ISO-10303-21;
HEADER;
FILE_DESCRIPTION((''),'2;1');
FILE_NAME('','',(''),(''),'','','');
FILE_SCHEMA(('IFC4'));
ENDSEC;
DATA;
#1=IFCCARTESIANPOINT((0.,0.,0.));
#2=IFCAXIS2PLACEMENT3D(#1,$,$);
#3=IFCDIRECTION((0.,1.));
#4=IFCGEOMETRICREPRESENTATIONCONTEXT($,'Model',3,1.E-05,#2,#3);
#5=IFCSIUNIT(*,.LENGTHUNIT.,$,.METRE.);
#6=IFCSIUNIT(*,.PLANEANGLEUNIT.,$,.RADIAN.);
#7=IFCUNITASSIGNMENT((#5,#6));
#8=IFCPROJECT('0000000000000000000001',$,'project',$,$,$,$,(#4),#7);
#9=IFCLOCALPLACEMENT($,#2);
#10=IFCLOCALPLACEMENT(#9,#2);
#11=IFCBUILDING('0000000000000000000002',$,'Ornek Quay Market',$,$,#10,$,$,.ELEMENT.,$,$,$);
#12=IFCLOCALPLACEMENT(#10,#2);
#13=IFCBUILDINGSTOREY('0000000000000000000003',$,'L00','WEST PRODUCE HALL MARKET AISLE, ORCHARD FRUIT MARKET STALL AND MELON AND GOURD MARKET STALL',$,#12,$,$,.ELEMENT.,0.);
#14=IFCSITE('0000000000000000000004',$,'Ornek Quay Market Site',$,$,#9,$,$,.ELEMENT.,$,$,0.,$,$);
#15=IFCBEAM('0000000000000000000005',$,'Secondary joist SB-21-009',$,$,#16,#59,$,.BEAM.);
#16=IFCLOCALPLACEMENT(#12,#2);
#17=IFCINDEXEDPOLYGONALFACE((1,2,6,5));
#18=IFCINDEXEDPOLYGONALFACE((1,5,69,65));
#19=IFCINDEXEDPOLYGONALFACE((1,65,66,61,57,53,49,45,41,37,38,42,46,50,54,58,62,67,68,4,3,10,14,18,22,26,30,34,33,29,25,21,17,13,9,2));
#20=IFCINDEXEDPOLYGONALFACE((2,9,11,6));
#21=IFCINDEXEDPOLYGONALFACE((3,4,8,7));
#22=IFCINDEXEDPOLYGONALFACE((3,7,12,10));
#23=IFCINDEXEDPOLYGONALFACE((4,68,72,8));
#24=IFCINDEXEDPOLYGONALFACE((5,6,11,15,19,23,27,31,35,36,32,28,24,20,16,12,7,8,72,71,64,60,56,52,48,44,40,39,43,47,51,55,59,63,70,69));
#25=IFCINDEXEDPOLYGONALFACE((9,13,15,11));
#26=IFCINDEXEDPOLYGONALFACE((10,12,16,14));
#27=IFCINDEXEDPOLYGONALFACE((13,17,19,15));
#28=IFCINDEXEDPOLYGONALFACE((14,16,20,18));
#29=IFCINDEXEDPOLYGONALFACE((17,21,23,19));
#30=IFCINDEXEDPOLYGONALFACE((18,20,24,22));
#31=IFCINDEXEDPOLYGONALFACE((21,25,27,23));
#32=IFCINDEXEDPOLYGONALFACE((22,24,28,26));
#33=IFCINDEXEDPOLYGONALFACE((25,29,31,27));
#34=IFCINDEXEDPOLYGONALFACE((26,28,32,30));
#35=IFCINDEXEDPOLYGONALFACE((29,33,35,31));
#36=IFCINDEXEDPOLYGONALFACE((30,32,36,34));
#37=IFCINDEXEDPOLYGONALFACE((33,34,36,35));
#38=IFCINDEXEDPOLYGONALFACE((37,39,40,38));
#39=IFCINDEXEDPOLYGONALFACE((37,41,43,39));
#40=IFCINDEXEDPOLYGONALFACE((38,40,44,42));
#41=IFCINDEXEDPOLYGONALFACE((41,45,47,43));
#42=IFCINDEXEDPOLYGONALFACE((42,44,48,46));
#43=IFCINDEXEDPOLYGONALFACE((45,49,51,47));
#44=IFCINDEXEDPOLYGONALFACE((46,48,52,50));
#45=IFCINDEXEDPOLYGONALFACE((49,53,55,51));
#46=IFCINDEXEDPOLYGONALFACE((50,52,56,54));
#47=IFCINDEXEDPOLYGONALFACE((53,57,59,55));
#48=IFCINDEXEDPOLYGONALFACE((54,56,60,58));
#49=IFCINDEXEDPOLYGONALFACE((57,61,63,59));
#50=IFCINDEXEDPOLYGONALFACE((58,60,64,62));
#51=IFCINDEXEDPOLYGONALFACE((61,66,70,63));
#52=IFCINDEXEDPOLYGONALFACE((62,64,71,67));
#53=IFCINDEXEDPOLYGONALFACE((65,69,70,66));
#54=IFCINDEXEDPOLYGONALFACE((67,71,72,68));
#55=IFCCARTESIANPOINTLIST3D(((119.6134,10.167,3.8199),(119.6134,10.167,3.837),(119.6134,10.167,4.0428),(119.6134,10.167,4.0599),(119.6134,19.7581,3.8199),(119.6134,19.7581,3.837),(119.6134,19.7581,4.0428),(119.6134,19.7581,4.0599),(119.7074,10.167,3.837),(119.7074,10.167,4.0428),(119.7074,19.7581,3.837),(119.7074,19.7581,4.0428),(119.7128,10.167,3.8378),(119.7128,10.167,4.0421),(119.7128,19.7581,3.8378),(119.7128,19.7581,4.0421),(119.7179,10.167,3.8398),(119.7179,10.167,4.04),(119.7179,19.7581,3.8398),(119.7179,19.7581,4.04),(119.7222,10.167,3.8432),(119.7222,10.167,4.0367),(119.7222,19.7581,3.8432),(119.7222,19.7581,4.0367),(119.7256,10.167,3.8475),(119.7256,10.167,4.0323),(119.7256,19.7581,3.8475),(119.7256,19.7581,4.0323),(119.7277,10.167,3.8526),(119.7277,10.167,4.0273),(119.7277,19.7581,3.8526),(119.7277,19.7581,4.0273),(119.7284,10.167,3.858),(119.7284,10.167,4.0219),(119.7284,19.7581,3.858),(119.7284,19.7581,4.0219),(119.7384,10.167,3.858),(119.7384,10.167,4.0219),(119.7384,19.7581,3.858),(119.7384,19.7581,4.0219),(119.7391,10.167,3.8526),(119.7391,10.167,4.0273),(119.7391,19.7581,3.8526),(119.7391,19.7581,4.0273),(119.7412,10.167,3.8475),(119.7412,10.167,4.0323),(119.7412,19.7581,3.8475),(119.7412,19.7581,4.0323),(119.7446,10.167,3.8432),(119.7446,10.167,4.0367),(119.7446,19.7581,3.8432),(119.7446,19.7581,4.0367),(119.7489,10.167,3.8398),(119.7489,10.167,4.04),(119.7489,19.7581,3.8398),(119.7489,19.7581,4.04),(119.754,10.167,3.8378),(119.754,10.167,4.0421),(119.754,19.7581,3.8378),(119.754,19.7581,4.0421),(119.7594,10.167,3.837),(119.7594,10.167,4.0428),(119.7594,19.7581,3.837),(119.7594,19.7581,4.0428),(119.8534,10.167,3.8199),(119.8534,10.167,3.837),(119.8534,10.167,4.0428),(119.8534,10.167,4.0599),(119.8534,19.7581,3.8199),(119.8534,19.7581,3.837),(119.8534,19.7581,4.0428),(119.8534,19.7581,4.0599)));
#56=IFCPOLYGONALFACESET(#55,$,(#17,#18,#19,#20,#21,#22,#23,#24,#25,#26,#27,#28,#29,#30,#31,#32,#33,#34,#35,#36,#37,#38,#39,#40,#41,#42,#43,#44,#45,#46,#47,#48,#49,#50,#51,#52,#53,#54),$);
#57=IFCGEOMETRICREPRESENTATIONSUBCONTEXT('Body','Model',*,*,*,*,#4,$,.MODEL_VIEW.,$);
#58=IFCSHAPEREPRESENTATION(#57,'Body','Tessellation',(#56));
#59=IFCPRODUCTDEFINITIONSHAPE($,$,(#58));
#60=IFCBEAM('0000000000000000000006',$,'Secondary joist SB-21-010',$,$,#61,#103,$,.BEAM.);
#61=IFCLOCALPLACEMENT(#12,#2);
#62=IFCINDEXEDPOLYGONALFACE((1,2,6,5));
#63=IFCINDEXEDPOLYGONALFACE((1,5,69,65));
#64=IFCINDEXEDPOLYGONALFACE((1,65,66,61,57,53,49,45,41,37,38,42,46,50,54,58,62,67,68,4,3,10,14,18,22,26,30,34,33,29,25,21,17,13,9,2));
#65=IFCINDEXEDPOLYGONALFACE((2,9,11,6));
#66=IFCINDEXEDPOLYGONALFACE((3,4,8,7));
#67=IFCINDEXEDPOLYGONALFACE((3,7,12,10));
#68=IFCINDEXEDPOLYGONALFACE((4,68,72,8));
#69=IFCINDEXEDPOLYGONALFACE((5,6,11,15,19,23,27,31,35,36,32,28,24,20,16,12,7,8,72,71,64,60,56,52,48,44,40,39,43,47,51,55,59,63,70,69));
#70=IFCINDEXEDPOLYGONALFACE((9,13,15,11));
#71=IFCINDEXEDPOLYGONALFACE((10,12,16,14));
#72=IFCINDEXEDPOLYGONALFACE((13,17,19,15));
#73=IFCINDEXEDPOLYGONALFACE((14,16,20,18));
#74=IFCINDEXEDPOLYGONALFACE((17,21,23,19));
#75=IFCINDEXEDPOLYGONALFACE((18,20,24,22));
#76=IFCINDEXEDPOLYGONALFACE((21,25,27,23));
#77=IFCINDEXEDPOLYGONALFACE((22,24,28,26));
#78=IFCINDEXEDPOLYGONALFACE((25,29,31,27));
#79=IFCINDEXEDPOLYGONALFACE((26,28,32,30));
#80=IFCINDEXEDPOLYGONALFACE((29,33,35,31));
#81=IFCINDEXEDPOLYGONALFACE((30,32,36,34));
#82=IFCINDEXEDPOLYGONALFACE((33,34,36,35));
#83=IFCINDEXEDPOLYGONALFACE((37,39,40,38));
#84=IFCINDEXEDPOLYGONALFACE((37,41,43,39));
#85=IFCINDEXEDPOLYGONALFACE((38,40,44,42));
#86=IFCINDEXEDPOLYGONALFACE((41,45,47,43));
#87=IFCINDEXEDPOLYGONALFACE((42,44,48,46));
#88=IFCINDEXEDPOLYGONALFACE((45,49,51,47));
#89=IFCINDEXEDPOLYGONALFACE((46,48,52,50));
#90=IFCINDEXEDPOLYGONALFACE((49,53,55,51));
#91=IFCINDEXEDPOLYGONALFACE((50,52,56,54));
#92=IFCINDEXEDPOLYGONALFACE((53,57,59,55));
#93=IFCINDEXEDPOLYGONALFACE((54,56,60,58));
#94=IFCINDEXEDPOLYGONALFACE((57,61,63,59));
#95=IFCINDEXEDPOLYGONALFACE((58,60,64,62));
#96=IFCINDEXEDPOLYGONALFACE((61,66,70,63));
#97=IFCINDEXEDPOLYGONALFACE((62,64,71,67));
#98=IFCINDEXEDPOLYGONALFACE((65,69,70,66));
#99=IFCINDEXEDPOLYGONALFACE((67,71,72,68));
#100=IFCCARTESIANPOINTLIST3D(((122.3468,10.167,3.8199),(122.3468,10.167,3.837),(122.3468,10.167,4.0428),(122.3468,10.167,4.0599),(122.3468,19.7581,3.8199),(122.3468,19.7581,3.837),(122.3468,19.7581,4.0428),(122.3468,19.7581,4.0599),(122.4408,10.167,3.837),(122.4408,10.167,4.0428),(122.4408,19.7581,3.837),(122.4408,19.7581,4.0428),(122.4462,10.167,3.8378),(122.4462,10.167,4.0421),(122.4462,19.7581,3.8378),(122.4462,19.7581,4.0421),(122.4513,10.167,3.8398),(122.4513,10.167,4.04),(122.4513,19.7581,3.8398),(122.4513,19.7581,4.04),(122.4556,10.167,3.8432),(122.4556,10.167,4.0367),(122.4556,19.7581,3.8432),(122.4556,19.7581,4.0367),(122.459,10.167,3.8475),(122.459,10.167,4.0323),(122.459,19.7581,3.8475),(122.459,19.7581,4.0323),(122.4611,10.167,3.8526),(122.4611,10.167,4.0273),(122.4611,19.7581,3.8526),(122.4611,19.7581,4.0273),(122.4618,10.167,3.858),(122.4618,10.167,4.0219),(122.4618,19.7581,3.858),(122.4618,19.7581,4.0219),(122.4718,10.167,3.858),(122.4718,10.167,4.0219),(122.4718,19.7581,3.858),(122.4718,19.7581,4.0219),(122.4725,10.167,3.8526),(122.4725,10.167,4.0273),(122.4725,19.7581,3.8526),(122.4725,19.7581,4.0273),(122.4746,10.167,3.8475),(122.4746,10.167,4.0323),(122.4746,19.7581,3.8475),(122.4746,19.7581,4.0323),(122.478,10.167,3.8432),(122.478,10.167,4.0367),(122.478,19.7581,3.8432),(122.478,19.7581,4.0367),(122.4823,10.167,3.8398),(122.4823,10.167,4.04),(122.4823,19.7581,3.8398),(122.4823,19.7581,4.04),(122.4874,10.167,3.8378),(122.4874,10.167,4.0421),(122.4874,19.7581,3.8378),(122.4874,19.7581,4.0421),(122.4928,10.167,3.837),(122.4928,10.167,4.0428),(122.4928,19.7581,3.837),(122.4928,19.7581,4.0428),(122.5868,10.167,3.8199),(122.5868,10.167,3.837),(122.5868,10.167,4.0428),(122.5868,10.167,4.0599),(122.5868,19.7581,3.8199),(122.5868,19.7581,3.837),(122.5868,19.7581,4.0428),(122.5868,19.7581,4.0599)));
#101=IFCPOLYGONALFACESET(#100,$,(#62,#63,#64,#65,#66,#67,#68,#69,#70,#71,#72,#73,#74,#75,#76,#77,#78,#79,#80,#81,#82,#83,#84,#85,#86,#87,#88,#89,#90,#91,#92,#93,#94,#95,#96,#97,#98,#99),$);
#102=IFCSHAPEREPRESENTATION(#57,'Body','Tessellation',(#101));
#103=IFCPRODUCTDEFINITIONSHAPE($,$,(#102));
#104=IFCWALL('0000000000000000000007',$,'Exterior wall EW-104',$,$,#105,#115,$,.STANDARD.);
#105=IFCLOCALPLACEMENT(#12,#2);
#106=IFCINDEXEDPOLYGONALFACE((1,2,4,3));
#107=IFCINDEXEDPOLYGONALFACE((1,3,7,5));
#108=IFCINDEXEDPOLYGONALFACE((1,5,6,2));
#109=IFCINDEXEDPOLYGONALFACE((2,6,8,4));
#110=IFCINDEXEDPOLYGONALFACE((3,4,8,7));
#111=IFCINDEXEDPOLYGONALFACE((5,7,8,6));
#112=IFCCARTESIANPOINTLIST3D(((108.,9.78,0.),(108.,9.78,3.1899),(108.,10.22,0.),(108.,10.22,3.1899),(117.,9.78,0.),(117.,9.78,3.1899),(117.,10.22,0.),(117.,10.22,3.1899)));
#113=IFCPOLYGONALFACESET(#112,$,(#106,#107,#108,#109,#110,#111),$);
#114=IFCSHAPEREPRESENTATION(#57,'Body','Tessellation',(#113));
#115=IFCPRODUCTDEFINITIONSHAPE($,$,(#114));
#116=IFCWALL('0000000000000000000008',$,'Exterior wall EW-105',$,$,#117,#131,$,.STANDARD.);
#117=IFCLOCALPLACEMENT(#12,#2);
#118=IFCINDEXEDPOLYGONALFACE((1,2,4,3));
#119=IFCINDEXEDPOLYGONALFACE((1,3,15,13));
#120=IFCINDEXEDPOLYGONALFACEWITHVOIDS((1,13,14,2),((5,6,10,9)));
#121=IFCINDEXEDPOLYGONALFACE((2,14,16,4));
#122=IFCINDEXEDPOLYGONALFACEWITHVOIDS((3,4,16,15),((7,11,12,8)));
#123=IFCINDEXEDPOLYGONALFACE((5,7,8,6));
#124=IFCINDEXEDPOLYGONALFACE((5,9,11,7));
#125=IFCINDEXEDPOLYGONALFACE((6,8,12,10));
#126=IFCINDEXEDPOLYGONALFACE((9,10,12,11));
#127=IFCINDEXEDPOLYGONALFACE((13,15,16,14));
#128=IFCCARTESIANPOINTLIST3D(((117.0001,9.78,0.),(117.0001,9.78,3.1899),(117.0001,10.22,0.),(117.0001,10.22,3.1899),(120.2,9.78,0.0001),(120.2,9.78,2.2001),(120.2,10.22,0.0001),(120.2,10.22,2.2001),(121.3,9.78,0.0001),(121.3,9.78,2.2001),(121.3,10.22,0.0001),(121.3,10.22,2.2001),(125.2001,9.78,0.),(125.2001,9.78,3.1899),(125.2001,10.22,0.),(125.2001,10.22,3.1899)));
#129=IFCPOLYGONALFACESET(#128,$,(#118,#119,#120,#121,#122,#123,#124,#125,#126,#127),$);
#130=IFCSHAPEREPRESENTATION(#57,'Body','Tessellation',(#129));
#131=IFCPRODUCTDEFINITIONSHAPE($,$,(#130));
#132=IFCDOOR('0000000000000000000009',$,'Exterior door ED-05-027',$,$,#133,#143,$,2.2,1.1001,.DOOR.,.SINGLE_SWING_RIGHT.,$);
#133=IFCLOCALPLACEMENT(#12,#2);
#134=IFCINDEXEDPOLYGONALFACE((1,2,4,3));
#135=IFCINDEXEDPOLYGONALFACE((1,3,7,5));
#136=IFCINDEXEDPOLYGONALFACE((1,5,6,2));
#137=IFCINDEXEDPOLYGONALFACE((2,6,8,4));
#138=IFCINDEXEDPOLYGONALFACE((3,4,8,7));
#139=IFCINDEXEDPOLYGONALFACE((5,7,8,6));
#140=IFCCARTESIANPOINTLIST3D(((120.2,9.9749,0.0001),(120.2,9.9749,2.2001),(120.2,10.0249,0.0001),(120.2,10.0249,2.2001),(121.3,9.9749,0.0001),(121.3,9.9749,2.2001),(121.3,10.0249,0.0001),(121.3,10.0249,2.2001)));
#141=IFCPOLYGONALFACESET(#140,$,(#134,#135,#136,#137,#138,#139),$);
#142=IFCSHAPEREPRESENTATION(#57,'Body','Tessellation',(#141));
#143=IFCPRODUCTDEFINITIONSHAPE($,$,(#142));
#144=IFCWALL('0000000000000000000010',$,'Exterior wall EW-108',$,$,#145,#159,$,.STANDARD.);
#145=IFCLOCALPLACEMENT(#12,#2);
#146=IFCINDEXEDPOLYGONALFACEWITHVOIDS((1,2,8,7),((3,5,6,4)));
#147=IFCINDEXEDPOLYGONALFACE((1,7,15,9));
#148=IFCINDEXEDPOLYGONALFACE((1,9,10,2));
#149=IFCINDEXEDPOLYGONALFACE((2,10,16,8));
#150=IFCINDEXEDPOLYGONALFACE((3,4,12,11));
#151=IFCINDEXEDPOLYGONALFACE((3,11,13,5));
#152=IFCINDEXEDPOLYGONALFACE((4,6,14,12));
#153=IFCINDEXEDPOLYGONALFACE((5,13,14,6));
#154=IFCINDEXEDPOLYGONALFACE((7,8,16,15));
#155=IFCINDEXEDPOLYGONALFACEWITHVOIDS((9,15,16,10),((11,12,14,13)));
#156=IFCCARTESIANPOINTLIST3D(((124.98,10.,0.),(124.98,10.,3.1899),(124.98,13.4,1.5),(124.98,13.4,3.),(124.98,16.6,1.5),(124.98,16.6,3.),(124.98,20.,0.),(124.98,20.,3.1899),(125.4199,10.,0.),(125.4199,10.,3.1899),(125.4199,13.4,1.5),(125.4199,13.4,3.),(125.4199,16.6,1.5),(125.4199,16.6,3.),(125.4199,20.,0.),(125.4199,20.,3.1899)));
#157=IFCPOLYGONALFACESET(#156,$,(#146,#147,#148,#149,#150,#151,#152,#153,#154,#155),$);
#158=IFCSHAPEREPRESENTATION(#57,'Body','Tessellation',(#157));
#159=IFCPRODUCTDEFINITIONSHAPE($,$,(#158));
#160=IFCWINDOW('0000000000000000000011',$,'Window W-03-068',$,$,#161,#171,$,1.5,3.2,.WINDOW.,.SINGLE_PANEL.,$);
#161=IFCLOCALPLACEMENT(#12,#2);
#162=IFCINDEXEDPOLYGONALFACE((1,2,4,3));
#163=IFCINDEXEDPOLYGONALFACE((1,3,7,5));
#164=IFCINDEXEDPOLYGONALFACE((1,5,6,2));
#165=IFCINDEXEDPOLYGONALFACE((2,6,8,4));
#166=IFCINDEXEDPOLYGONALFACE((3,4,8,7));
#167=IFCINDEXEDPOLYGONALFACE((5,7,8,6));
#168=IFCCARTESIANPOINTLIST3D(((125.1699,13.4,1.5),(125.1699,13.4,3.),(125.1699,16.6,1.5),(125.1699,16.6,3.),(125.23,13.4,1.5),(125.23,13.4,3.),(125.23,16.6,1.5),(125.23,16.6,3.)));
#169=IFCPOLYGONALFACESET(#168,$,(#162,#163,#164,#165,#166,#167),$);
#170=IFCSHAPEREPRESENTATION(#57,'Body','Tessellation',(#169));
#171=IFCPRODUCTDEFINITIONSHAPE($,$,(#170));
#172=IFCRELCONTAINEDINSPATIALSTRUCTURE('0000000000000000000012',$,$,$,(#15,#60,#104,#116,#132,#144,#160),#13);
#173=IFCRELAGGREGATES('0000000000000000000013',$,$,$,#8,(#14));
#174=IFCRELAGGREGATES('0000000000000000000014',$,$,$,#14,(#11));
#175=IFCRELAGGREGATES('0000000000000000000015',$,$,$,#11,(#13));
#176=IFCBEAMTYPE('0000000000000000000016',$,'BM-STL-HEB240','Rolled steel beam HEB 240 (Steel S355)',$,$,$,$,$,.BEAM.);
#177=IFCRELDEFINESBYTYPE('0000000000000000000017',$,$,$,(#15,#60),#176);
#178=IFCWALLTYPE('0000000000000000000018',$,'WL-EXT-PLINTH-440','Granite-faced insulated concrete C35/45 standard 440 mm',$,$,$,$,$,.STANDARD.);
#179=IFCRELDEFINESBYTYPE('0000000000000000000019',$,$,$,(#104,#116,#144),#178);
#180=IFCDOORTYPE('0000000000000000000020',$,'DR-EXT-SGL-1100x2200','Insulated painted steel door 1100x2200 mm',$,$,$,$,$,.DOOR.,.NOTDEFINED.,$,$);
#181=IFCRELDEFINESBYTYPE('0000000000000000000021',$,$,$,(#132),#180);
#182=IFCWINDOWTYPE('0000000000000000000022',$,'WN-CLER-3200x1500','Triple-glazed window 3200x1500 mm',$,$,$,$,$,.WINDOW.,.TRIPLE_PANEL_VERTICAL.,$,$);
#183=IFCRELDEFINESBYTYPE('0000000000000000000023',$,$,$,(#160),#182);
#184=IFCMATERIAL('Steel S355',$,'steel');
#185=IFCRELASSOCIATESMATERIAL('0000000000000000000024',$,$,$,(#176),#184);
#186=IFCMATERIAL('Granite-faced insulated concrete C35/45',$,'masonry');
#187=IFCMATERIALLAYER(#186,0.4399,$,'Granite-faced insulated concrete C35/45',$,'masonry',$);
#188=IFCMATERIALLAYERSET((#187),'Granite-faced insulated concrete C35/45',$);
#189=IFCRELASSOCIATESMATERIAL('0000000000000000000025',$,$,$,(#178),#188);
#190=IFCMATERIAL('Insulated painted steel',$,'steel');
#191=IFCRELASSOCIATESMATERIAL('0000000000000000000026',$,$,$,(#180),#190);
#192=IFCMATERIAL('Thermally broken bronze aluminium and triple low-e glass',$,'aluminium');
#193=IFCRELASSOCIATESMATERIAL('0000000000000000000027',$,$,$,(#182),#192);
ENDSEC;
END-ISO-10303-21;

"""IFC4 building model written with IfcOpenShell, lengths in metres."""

from ifc_helpers import new_model, si_unit, direction, frame, frame_2d, origin, origin_2d, place, context, subcontext, project, spatial, rectangle, i_section, extrude, material, layer, layer_set, material_profile, profile_set, type_object, element, fill, save


model = new_model("IFC4")

# Units and contexts
model_context = context("Model", 3, precision=1e-05, world=origin(), true_north=direction((0.0, 1.0)))
body_context = subcontext(model_context, "Body", "Model", "MODEL_VIEW")
ifc_project = project(units=[si_unit("LENGTHUNIT", "METRE"), si_unit("PLANEANGLEUNIT", "RADIAN")], contexts=[model_context])

# Site, building, storey
site_placement = place(None, origin())
site = spatial("IfcSite", under=ifc_project, at=site_placement, Name="Ornek Quay Market Site", CompositionType="ELEMENT", RefElevation=0.0)
building_placement = place(site_placement, origin())
building = spatial("IfcBuilding", under=site, at=building_placement, Name="Ornek Quay Market", CompositionType="ELEMENT")
storey_placement = place(building_placement, origin())
storey = spatial("IfcBuildingStorey", under=building, at=storey_placement, Name="L00", Description="WEST PRODUCE HALL MARKET AISLE, ORCHARD FRUIT MARKET STALL AND MELON AND GOURD MARKET STALL", CompositionType="ELEMENT", Elevation=0.0)

# Beams
ifc_material_1 = material(Name="Steel S355", Category="steel")
ifc_material_profile_1 = material_profile(ifc_material_1, i_section(OverallWidth=0.24, OverallDepth=0.24, WebThickness=0.01, FlangeThickness=0.0171, FilletRadius=0.021, at=origin_2d()), Name="HEB 240", Category="steel")
ifc_profile_set_1 = profile_set([ifc_material_profile_1], Name="Steel S355")
beam_type_1 = type_object("IfcBeamType", Name="BM-STL-HEB240", Description="Rolled steel beam HEB 240 (Steel S355)", PredefinedType="BEAM", material=ifc_profile_set_1)
for number, where, z_axis, x_axis, name in (
    (1, (119.7334, 10.167, 3.9399), (0.0, 1.0, 0.0), (-1.0, 0.0, 0.0), "Secondary joist SB-21-009"),
    (2, (122.4668, 10.167, 3.9399), (0.0, 1.0, 0.0), (-1.0, 0.0, 0.0), "Secondary joist SB-21-010"),
):
    element("IfcBeam", number, at=place(storey_placement, frame(where, z_axis=z_axis, x_axis=x_axis)), inside=storey, type_object=beam_type_1, Name=name, PredefinedType="BEAM", context=body_context, shape_type="SweptSolid", body=[
        extrude(i_section(OverallWidth=0.24, OverallDepth=0.24, WebThickness=0.01, FlangeThickness=0.0171, FilletRadius=0.021, at=origin_2d()), origin(), (0.0, 0.0, 1.0), 9.5911),
    ])

# Wall
ifc_material_2 = material(Name="Granite-faced insulated concrete C35/45", Category="masonry")
ifc_layer_1 = layer(ifc_material_2, 0.4399, Name="Granite-faced insulated concrete C35/45", Category="masonry")
ifc_layer_set_1 = layer_set([ifc_layer_1], Name="Granite-faced insulated concrete C35/45")
wall_type = type_object("IfcWallType", Name="WL-EXT-PLINTH-440", Description="Granite-faced insulated concrete C35/45 standard 440 mm", PredefinedType="STANDARD", material=ifc_layer_set_1)
wall_1_placement = place(storey_placement, frame((108.0, 10.0, 0.0), z_axis=(0.0, 0.0, 1.0), x_axis=(1.0, 0.0, 0.0)))
element("IfcWall", 3, at=wall_1_placement, inside=storey, type_object=wall_type, Name="Exterior wall EW-104", PredefinedType="STANDARD", context=body_context, shape_type="SweptSolid", body=[
    extrude(rectangle(XDim=9.0, YDim=0.4399, at=frame_2d((4.5, 0.0))), origin(), (0.0, 0.0, 1.0), 3.1899),
])

# Wall, opening, door
wall_2_placement = place(storey_placement, frame((117.0, 10.0, 0.0), z_axis=(0.0, 0.0, 1.0), x_axis=(1.0, 0.0, 0.0)))
wall_2 = element("IfcWall", 4, at=wall_2_placement, inside=storey, type_object=wall_type, Name="Exterior wall EW-105", PredefinedType="STANDARD", context=body_context, shape_type="SweptSolid", body=[
    extrude(rectangle(XDim=8.2, YDim=0.4399, at=frame_2d((4.1001, 0.0))), origin(), (0.0, 0.0, 1.0), 3.1899),
])
opening_1_placement = place(wall_2_placement, frame((3.2, 0.0, 0.0)))
opening_1 = element("IfcOpeningElement", 5, at=opening_1_placement, cuts=wall_2, PredefinedType="OPENING", context=body_context, shape_type="SweptSolid", body=[
    extrude(rectangle(XDim=1.1001, YDim=2.2, at=frame_2d((0.55, 1.1001))), frame((0.0, 0.23, 0.0), z_axis=(0.0, -1.0, 0.0), x_axis=(1.0, 0.0, 0.0)), (0.0, 0.0, 1.0), 0.46),
])
ifc_material_3 = material(Name="Insulated painted steel", Category="steel")
door_type = type_object("IfcDoorType", Name="DR-EXT-SGL-1100x2200", Description="Insulated painted steel door 1100x2200 mm", OperationType="NOTDEFINED", PredefinedType="DOOR", material=ifc_material_3)
door_placement = place(opening_1_placement, origin())
door = element("IfcDoor", 6, at=door_placement, inside=storey, type_object=door_type, Name="Exterior door ED-05-027", OperationType="SINGLE_SWING_RIGHT", OverallHeight=2.2, OverallWidth=1.1001, PredefinedType="DOOR", context=body_context, shape_type="SweptSolid", body=[
    extrude(rectangle(XDim=1.1001, YDim=2.2, at=frame_2d((0.55, 1.1001))), frame((0.0, 0.0249, 0.0), z_axis=(0.0, -1.0, 0.0), x_axis=(1.0, 0.0, 0.0)), (0.0, 0.0, 1.0), 0.05),
])
fill(opening_1, door)

# Wall, opening, window
wall_3_placement = place(storey_placement, frame((125.2, 10.0, 0.0), z_axis=(0.0, 0.0, 1.0), x_axis=(0.0, 1.0, 0.0)))
wall_3 = element("IfcWall", 7, at=wall_3_placement, inside=storey, type_object=wall_type, Name="Exterior wall EW-108", PredefinedType="STANDARD", context=body_context, shape_type="SweptSolid", body=[
    extrude(rectangle(XDim=10.0, YDim=0.4399, at=frame_2d((5.0, 0.0))), origin(), (0.0, 0.0, 1.0), 3.1899),
])
opening_2_placement = place(wall_3_placement, frame((3.3999, 0.0, 1.5)))
opening_2 = element("IfcOpeningElement", 8, at=opening_2_placement, cuts=wall_3, PredefinedType="OPENING", context=body_context, shape_type="SweptSolid", body=[
    extrude(rectangle(XDim=3.2, YDim=1.5, at=frame_2d((1.6001, 0.75))), frame((0.0, 0.23, 0.0), z_axis=(0.0, -1.0, 0.0), x_axis=(1.0, 0.0, 0.0)), (0.0, 0.0, 1.0), 0.46),
])
ifc_material_4 = material(Name="Thermally broken bronze aluminium and triple low-e glass", Category="aluminium")
window_type = type_object("IfcWindowType", Name="WN-CLER-3200x1500", Description="Triple-glazed window 3200x1500 mm", PartitioningType="TRIPLE_PANEL_VERTICAL", PredefinedType="WINDOW", material=ifc_material_4)
window_placement = place(opening_2_placement, origin())
window = element("IfcWindow", 9, at=window_placement, inside=storey, type_object=window_type, Name="Window W-03-068", OverallHeight=1.5, OverallWidth=3.2, PartitioningType="SINGLE_PANEL", PredefinedType="WINDOW", context=body_context, shape_type="SweptSolid", body=[
    extrude(rectangle(XDim=3.2, YDim=1.5, at=frame_2d((1.6001, 0.75))), frame((0.0, 0.03, 0.0), z_axis=(0.0, -1.0, 0.0), x_axis=(1.0, 0.0, 0.0)), (0.0, 0.0, 1.0), 0.0601),
])
fill(opening_2, window)

save(model, "model.ifc")
